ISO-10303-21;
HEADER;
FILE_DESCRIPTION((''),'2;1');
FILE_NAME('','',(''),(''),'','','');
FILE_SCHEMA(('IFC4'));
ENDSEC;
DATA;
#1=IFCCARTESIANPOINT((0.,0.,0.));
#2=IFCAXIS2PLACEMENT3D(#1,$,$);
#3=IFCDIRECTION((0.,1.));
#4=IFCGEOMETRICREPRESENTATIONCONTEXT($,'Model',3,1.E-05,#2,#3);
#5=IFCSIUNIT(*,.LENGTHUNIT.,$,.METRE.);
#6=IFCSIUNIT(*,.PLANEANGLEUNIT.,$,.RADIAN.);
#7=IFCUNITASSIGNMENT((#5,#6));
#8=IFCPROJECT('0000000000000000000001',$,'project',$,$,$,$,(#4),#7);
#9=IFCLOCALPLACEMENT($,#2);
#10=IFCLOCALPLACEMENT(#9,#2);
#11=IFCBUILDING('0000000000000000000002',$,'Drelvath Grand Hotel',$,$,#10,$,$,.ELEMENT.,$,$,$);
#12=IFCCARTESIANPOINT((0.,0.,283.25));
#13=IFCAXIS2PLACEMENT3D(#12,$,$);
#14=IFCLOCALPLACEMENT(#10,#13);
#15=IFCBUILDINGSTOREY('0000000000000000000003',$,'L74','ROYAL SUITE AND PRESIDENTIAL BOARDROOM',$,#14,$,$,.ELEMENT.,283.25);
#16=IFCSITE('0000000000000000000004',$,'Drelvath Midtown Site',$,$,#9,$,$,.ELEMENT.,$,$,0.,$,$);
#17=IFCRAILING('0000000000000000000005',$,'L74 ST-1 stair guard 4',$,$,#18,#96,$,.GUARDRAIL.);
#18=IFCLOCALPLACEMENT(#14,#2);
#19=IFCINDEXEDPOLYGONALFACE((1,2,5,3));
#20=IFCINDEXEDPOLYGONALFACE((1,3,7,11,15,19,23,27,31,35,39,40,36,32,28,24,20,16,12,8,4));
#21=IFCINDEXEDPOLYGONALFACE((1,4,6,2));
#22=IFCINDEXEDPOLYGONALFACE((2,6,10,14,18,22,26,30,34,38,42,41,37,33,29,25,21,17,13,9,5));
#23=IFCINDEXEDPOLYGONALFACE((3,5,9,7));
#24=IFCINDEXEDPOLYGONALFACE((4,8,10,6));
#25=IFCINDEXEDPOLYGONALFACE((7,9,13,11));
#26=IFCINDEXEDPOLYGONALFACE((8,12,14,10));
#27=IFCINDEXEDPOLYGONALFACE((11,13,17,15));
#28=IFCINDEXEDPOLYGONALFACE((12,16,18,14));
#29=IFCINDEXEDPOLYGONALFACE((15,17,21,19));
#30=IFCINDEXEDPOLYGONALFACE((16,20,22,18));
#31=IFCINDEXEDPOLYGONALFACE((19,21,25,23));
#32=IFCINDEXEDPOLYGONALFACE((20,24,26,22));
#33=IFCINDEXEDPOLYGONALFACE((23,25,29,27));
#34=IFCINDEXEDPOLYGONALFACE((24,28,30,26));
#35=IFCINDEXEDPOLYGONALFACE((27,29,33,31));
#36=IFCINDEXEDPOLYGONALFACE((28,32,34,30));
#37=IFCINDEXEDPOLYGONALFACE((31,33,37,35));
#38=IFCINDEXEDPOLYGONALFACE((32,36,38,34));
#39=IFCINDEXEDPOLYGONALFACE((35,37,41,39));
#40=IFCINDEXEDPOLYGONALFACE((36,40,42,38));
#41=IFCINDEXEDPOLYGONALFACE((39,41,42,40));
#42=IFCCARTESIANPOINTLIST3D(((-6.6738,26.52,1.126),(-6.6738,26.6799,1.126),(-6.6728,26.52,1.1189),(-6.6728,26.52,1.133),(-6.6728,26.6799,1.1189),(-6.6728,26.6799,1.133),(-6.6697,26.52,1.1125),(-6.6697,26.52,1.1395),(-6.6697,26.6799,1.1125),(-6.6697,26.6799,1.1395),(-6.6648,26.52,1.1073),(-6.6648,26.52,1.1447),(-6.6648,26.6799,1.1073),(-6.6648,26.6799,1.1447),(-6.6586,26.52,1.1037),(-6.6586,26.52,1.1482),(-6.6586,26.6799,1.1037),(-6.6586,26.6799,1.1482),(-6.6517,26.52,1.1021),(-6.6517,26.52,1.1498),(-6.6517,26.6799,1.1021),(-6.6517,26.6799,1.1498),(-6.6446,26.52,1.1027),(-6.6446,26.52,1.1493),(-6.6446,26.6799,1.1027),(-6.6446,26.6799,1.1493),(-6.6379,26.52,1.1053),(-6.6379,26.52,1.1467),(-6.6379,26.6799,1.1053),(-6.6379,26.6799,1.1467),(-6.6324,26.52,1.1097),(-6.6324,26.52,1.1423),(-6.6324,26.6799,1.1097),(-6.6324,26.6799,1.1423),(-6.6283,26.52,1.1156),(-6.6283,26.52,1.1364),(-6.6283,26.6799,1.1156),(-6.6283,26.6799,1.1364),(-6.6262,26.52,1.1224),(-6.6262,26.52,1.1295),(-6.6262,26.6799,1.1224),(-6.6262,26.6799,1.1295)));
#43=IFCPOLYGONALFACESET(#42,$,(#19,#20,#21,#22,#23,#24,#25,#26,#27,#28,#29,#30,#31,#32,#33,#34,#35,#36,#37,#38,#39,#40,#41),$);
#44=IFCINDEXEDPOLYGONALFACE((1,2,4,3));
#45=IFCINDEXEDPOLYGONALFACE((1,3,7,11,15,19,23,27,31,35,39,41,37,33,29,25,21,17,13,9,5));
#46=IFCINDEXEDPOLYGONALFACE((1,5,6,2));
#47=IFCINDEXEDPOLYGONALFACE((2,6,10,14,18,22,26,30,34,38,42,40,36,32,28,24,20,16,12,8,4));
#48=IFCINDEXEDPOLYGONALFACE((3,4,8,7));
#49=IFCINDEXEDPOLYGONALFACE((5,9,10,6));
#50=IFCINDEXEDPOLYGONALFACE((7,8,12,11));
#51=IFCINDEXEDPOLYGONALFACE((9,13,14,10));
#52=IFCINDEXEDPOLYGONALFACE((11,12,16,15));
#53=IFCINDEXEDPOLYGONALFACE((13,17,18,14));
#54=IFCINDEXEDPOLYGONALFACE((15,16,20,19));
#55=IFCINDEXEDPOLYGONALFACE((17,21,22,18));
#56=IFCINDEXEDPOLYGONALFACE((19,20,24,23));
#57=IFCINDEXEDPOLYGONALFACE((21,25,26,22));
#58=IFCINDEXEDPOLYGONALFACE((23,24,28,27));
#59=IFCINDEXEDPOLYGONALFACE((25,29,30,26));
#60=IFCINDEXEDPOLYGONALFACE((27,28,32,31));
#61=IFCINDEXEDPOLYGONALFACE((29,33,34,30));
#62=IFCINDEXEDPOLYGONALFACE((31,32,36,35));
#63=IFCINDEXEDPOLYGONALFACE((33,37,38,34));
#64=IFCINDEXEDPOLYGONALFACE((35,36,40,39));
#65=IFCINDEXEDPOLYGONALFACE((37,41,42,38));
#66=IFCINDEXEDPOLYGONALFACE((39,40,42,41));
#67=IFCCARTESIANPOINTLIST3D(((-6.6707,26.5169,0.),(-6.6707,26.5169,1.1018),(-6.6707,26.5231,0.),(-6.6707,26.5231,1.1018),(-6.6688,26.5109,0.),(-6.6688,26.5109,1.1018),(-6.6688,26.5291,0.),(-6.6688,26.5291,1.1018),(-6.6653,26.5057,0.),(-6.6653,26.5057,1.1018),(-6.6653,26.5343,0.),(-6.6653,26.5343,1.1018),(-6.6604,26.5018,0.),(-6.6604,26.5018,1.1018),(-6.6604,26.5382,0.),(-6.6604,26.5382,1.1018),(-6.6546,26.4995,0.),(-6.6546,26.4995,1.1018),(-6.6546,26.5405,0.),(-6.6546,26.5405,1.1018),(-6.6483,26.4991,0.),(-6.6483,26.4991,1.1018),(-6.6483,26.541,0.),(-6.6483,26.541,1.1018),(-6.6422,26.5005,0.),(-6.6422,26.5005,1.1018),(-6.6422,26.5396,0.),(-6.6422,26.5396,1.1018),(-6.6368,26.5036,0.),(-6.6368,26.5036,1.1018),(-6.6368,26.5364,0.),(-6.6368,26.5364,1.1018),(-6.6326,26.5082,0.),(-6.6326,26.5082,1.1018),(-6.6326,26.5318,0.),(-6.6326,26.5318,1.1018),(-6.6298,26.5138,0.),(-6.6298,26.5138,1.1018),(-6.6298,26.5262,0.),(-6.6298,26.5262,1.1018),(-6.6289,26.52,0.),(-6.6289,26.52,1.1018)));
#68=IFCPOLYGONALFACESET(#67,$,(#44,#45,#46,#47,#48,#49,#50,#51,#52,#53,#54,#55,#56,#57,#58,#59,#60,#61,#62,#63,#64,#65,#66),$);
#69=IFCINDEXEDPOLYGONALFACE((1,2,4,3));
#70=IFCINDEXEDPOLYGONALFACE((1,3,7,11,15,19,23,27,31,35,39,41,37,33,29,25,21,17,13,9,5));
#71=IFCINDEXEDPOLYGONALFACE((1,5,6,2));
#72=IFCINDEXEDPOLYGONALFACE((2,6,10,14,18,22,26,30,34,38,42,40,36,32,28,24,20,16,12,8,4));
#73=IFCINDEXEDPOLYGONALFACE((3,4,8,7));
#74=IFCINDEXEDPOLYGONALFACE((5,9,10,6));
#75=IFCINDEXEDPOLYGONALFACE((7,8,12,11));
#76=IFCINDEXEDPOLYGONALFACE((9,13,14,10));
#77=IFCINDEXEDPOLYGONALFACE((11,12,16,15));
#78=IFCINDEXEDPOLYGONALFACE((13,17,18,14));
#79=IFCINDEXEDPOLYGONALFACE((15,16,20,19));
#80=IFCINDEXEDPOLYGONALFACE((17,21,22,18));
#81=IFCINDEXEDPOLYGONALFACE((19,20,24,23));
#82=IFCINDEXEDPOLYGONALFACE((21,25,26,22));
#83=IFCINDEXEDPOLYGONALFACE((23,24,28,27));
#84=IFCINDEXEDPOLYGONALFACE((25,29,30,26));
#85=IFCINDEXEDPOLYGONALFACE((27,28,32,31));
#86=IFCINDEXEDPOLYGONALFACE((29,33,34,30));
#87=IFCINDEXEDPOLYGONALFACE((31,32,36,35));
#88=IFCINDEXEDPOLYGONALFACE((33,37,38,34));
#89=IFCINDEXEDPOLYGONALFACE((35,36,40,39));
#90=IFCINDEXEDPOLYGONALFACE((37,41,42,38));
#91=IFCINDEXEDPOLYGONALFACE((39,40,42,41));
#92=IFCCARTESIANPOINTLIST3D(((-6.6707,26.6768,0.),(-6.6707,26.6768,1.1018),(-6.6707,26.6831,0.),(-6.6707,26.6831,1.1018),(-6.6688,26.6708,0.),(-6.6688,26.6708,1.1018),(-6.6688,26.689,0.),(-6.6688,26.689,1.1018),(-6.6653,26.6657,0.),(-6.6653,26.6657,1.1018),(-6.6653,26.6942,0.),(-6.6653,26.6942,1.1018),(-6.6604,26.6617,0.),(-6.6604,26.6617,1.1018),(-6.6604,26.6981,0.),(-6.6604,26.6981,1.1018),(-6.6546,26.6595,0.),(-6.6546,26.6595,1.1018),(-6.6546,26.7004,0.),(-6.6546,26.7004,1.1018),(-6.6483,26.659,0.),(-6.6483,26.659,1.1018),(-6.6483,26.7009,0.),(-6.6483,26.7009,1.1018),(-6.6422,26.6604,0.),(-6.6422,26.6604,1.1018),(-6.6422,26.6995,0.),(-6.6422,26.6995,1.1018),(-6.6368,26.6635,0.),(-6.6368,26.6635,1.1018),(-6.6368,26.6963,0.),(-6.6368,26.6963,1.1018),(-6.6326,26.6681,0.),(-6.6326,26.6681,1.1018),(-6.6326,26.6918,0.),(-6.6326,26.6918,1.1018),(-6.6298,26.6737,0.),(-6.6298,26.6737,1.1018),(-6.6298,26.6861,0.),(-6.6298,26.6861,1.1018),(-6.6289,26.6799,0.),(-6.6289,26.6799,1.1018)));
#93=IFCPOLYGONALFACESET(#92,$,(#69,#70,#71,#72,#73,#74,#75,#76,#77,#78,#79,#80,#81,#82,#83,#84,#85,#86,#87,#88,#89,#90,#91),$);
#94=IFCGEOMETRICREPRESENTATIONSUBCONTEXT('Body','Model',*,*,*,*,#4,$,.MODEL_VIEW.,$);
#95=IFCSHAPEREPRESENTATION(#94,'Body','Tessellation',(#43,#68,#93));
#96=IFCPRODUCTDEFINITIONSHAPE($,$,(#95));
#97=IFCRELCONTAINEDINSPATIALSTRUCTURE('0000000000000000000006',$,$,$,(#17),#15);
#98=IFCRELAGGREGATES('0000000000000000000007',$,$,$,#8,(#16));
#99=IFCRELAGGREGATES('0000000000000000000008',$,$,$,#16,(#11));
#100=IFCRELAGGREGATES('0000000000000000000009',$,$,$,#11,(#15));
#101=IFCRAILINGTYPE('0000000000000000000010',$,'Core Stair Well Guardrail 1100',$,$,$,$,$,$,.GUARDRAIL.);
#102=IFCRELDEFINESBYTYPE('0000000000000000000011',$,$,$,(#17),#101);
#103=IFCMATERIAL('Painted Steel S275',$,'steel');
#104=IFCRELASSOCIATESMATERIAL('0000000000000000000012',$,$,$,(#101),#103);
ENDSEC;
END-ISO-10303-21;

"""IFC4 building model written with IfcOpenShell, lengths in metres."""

from ifc_helpers import new_model, si_unit, direction, frame, origin, origin_2d, place, context, subcontext, project, spatial, circle, extrude, material, type_object, element, save


model = new_model("IFC4")

# Units and contexts
model_context = context("Model", 3, precision=1e-05, world=origin(), true_north=direction((0.0, 1.0)))
body_context = subcontext(model_context, "Body", "Model", "MODEL_VIEW")
ifc_project = project(units=[si_unit("LENGTHUNIT", "METRE"), si_unit("PLANEANGLEUNIT", "RADIAN")], contexts=[model_context])

# Site, building, storey
site_placement = place(None, origin())
site = spatial("IfcSite", under=ifc_project, at=site_placement, Name="Drelvath Midtown Site", CompositionType="ELEMENT", RefElevation=0.0)
building_placement = place(site_placement, origin())
building = spatial("IfcBuilding", under=site, at=building_placement, Name="Drelvath Grand Hotel", CompositionType="ELEMENT")
storey_placement = place(building_placement, frame((0.0, 0.0, 283.25)))
storey = spatial("IfcBuildingStorey", under=building, at=storey_placement, Name="L74", Description="ROYAL SUITE AND PRESIDENTIAL BOARDROOM", CompositionType="ELEMENT", Elevation=283.25)

# Shared definitions
ifc_material_1 = material(Name="Painted Steel S275", Category="steel")

# Railing
railing_type_1 = type_object("IfcRailingType", Name="Core Stair Well Guardrail 1100", PredefinedType="GUARDRAIL", material=ifc_material_1)
railing_1_placement = place(storey_placement, frame((-6.6499, 26.52, 0.0)))
element("IfcRailing", 1, at=railing_1_placement, inside=storey, type_object=railing_type_1, Name="L74 ST-1 stair guard 4", PredefinedType="GUARDRAIL", context=body_context, shape_type="SweptSolid", body=[
    extrude(circle(Radius=0.0239, at=origin_2d()), frame((0.0, 0.0, 1.126), z_axis=(0.0, 1.0, 0.0), x_axis=(-1.0, 0.0, 0.0)), (0.0, 0.0, 1.0), 0.1599),
    extrude(circle(Radius=0.021, at=origin_2d()), origin(), (0.0, 0.0, 1.0), 1.1018),
    extrude(circle(Radius=0.021, at=origin_2d()), frame((0.0, 0.1599, 0.0)), (0.0, 0.0, 1.0), 1.1018),
])

save(model, "model.ifc")
